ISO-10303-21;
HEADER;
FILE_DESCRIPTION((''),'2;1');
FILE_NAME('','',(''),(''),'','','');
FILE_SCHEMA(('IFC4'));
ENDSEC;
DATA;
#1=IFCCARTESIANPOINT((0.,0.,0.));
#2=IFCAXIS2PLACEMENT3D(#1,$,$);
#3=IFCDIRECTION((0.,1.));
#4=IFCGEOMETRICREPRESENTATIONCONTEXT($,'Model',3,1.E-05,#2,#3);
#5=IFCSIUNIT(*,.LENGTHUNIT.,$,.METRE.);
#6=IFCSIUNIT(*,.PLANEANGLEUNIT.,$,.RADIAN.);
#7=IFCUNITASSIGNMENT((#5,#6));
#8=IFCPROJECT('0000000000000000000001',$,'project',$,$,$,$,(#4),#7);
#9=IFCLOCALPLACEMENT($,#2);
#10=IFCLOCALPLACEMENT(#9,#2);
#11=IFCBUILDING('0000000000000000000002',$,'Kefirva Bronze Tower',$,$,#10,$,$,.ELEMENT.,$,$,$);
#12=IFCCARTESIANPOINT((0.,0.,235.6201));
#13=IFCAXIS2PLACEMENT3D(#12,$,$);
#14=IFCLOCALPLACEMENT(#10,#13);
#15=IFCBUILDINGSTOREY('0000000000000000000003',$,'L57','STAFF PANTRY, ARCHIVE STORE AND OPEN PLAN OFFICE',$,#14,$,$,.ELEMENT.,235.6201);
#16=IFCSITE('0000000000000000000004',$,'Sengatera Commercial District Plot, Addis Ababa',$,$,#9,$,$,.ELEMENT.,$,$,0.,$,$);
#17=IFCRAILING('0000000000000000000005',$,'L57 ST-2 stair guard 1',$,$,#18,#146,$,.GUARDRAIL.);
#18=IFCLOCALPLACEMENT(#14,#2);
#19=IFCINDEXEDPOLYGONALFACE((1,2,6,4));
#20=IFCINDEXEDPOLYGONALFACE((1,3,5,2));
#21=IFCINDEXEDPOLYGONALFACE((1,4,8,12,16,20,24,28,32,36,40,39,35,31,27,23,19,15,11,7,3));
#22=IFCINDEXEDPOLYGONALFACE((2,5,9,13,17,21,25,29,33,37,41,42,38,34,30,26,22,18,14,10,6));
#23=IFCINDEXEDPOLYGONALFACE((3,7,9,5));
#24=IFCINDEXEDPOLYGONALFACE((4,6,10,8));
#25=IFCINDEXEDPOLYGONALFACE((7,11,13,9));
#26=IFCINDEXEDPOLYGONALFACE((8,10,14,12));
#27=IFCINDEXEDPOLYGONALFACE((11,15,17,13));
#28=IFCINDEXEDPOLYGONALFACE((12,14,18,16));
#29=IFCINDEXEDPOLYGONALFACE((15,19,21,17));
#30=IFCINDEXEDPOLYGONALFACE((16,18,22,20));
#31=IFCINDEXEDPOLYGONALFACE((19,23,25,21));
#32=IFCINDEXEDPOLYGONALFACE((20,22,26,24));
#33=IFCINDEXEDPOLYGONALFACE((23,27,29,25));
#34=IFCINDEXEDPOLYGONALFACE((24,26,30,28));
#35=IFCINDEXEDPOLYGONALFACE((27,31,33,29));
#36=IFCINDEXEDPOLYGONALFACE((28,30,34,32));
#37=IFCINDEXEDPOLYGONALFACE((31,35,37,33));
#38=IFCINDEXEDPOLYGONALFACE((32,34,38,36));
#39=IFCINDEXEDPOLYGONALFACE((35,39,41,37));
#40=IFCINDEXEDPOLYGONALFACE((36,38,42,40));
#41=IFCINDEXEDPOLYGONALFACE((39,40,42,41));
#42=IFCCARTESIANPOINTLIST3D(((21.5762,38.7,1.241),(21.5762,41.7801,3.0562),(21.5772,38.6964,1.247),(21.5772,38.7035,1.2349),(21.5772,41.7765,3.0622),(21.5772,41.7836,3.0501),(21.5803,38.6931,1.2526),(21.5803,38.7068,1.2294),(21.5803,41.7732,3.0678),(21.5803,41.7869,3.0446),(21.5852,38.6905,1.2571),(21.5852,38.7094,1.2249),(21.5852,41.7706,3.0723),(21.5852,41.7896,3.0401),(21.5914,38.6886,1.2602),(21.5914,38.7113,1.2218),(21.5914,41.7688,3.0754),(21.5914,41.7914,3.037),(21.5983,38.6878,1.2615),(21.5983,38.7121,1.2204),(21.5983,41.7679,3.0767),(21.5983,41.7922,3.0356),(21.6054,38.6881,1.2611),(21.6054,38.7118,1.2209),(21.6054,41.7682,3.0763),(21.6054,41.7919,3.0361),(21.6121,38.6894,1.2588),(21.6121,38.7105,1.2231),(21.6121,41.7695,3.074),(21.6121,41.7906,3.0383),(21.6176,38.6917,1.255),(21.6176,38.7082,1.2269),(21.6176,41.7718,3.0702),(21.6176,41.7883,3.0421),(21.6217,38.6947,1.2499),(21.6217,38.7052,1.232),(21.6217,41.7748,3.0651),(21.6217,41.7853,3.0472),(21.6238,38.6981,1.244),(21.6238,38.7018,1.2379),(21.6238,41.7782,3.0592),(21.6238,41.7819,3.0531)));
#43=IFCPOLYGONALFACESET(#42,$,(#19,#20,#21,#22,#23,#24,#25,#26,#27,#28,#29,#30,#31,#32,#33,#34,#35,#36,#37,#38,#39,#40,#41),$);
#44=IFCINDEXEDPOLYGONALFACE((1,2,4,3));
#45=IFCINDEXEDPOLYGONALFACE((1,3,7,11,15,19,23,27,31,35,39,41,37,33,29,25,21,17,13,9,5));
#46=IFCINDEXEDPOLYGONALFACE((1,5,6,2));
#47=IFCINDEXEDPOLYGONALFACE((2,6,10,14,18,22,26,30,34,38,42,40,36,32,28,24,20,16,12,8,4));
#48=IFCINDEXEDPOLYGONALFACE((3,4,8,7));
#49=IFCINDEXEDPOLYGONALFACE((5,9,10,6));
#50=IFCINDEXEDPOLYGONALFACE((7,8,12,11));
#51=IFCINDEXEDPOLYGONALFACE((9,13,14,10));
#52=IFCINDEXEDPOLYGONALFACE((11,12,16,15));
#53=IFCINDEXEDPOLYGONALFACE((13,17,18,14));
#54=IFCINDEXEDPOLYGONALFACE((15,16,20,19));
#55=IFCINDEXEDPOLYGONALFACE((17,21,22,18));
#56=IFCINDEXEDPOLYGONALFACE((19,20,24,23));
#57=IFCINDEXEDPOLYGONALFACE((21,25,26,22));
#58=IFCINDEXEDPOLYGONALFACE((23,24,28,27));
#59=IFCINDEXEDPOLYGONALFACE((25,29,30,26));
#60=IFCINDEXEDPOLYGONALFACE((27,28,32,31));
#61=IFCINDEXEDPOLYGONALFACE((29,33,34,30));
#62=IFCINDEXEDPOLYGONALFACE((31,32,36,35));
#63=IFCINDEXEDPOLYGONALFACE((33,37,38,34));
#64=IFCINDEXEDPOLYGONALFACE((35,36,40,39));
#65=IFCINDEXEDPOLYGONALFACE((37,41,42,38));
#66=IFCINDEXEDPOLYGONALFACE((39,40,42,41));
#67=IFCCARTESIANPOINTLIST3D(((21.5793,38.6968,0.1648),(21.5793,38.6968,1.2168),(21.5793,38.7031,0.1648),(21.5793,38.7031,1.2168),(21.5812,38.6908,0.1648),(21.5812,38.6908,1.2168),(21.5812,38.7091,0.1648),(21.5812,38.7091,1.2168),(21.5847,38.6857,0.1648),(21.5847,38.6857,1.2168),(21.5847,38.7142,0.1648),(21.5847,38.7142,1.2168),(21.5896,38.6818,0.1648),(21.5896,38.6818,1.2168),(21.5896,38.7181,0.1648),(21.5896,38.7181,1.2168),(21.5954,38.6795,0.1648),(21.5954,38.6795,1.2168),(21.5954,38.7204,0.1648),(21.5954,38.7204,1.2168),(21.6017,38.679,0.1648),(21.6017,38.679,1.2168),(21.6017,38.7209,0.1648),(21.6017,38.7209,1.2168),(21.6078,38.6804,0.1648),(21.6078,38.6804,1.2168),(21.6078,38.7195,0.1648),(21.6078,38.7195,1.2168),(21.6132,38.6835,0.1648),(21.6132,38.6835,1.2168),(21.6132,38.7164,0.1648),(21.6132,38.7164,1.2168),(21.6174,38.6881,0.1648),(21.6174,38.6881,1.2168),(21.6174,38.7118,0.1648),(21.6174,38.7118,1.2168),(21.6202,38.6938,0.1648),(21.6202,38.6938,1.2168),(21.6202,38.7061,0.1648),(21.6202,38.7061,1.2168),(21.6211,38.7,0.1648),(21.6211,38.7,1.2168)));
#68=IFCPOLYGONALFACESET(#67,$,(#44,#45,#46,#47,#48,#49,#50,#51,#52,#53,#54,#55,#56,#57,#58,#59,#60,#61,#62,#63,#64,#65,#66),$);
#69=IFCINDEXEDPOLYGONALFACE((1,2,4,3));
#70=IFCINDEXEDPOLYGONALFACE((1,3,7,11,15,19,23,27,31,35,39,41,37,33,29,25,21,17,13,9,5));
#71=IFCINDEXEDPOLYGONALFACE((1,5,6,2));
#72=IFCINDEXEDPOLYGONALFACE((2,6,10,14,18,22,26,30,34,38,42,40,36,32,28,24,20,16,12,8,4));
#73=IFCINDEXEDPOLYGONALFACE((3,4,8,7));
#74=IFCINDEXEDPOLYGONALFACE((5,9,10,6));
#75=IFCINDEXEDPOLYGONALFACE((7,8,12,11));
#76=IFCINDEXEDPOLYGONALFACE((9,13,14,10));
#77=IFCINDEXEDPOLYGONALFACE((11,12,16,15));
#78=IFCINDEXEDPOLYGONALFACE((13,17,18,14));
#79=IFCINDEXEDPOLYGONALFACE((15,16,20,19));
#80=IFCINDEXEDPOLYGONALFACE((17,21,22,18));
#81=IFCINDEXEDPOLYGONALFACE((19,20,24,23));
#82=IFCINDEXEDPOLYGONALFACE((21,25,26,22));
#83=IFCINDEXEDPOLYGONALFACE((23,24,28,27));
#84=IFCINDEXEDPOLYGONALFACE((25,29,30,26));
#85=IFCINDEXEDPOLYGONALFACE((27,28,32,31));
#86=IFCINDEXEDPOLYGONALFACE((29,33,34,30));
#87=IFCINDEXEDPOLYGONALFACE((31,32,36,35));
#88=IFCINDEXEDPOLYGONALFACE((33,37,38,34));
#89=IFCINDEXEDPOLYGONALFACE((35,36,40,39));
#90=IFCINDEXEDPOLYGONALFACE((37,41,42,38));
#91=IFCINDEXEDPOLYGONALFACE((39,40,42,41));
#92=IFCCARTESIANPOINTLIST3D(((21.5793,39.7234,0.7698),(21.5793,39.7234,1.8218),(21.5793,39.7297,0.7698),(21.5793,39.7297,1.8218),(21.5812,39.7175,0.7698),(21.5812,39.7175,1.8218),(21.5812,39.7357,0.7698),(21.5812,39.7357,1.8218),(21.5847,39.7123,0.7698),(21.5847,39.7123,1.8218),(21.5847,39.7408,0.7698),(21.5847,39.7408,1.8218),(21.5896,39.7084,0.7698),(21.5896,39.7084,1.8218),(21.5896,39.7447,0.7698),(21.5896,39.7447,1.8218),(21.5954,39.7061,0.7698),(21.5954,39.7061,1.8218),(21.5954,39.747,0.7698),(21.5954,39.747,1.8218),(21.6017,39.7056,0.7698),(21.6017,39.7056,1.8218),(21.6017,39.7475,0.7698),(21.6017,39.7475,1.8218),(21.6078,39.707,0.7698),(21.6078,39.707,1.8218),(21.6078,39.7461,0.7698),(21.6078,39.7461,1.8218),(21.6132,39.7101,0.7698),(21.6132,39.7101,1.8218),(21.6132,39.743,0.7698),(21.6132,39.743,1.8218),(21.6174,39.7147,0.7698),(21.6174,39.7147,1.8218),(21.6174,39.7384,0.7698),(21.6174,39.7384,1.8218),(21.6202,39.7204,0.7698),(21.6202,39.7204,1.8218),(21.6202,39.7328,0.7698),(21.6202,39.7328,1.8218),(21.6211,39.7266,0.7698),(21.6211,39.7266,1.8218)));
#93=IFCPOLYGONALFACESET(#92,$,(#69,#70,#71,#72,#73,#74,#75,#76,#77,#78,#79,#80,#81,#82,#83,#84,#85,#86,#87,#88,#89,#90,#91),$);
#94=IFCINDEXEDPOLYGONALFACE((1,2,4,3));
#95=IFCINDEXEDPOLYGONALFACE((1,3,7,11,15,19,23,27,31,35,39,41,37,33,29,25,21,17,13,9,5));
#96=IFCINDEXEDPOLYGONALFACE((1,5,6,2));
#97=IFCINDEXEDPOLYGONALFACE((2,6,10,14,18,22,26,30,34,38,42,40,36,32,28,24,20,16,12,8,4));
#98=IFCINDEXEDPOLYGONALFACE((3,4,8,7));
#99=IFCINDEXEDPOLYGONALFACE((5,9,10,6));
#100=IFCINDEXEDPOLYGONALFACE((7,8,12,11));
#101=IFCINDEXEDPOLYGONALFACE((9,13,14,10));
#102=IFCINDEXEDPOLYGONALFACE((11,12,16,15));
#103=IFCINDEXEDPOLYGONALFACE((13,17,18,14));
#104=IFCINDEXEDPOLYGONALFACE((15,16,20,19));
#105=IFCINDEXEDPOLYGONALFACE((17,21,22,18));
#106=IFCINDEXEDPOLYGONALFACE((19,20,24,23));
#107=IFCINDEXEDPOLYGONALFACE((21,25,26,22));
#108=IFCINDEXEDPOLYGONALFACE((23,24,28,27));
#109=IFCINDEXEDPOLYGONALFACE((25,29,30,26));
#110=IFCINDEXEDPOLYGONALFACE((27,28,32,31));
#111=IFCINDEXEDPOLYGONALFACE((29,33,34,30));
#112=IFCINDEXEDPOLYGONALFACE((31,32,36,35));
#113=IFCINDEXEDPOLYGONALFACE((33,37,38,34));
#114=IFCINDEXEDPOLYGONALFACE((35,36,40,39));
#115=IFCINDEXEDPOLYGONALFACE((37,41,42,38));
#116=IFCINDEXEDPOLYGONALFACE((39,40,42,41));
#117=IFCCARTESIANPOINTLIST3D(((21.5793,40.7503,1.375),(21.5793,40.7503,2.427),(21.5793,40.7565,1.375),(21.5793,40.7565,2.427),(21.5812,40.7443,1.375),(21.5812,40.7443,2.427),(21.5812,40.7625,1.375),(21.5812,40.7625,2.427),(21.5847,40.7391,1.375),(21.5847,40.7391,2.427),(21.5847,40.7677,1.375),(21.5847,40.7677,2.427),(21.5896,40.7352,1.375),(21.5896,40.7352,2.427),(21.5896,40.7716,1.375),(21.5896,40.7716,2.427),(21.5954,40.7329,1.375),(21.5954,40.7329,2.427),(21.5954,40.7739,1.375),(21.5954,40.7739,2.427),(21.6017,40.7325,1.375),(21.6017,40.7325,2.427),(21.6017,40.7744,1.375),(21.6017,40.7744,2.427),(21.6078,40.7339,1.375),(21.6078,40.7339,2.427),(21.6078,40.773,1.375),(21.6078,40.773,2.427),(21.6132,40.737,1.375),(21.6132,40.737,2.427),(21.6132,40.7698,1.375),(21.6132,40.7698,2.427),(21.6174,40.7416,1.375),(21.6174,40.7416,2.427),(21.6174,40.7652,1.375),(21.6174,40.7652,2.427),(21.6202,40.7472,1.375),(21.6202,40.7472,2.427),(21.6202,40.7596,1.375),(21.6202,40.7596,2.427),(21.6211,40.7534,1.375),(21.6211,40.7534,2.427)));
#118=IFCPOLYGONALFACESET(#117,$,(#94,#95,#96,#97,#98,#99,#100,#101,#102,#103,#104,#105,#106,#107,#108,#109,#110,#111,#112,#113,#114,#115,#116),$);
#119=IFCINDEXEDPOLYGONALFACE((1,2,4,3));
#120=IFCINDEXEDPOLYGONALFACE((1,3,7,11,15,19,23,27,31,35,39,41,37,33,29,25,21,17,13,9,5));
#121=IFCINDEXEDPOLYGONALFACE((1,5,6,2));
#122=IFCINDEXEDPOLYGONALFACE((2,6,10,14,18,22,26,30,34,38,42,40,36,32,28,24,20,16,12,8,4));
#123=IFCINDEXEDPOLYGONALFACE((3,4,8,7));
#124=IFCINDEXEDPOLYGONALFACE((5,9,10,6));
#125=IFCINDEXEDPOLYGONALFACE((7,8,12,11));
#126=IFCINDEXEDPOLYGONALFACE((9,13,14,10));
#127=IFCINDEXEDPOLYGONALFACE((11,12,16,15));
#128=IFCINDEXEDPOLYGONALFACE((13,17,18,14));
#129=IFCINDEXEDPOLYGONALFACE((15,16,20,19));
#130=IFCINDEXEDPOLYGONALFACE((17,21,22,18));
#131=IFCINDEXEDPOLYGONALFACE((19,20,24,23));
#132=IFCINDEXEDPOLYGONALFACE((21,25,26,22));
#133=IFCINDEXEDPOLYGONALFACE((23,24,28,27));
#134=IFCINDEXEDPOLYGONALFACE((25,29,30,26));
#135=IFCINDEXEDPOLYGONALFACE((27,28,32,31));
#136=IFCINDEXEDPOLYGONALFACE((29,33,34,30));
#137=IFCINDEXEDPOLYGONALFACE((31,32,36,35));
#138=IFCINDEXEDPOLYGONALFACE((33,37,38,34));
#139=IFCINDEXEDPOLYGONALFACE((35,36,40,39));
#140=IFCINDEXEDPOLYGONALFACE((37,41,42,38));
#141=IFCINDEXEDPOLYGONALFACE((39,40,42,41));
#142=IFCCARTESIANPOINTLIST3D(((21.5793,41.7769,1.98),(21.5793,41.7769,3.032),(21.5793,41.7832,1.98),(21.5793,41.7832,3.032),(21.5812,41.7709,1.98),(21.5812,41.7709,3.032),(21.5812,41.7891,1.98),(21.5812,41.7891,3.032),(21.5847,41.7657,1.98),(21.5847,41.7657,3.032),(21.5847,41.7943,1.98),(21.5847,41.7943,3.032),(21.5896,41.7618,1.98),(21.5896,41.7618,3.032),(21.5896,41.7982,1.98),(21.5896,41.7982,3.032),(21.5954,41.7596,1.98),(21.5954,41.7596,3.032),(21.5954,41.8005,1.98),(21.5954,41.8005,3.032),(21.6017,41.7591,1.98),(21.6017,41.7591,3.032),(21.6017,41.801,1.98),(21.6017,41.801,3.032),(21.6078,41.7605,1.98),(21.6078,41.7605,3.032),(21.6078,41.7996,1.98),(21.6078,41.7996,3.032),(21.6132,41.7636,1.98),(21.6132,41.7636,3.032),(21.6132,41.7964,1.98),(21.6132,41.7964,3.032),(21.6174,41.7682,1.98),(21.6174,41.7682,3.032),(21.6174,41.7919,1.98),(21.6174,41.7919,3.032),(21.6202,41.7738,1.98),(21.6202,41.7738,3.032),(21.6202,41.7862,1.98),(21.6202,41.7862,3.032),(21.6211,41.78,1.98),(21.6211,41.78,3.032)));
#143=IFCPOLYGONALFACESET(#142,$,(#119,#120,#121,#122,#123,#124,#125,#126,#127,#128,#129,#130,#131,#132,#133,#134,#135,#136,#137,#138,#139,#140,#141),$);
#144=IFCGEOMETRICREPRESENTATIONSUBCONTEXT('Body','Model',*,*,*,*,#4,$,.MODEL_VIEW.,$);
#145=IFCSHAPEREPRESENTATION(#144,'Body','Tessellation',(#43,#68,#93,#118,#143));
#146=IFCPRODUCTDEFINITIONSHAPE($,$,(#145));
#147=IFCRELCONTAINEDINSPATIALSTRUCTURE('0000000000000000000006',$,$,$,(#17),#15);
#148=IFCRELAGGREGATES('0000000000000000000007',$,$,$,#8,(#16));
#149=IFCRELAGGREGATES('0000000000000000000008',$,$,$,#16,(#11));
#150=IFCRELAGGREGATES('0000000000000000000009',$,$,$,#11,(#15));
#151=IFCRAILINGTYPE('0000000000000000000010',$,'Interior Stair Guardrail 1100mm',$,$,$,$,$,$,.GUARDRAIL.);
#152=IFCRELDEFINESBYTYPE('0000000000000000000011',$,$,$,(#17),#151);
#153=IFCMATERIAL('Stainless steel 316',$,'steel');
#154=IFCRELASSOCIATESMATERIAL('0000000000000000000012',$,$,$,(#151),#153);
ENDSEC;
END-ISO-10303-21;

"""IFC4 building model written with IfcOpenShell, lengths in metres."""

from ifc_helpers import new_model, si_unit, direction, frame, origin, origin_2d, place, context, subcontext, project, spatial, circle, extrude, material, type_object, element, save


model = new_model("IFC4")

# Units and contexts
model_context = context("Model", 3, precision=1e-05, world=origin(), true_north=direction((0.0, 1.0)))
body_context = subcontext(model_context, "Body", "Model", "MODEL_VIEW")
ifc_project = project(units=[si_unit("LENGTHUNIT", "METRE"), si_unit("PLANEANGLEUNIT", "RADIAN")], contexts=[model_context])

# Site, building, storey
site_placement = place(None, origin())
site = spatial("IfcSite", under=ifc_project, at=site_placement, Name="Sengatera Commercial District Plot, Addis Ababa", CompositionType="ELEMENT", RefElevation=0.0)
building_placement = place(site_placement, origin())
building = spatial("IfcBuilding", under=site, at=building_placement, Name="Kefirva Bronze Tower", CompositionType="ELEMENT")
storey_placement = place(building_placement, frame((0.0, 0.0, 235.6201)))
storey = spatial("IfcBuildingStorey", under=building, at=storey_placement, Name="L57", Description="STAFF PANTRY, ARCHIVE STORE AND OPEN PLAN OFFICE", CompositionType="ELEMENT", Elevation=235.6201)

# Shared definitions
ifc_material_1 = material(Name="Stainless steel 316", Category="steel")

# Railing
railing_type_1 = type_object("IfcRailingType", Name="Interior Stair Guardrail 1100mm", PredefinedType="GUARDRAIL", material=ifc_material_1)
railing_1_placement = place(storey_placement, frame((21.6001, 38.7, 0.1648)))
element("IfcRailing", 1, at=railing_1_placement, inside=storey, type_object=railing_type_1, Name="L57 ST-2 stair guard 1", PredefinedType="GUARDRAIL", context=body_context, shape_type="SweptSolid", body=[
    extrude(circle(Radius=0.0239, at=origin_2d()), frame((0.0, 0.0, 1.0762), z_axis=(0.0, 0.861521, 0.507721), x_axis=(-1.0, 0.0, 0.0)), (0.0, 0.0, 1.0), 3.5752),
    extrude(circle(Radius=0.021, at=origin_2d()), origin(), (0.0, 0.0, 1.0), 1.052),
    extrude(circle(Radius=0.021, at=origin_2d()), frame((0.0, 1.0266, 0.605)), (0.0, 0.0, 1.0), 1.052),
    extrude(circle(Radius=0.021, at=origin_2d()), frame((0.0, 2.0535, 1.2102)), (0.0, 0.0, 1.0), 1.052),
    extrude(circle(Radius=0.021, at=origin_2d()), frame((0.0, 3.0801, 1.8152)), (0.0, 0.0, 1.0), 1.052),
])

save(model, "model.ifc")
